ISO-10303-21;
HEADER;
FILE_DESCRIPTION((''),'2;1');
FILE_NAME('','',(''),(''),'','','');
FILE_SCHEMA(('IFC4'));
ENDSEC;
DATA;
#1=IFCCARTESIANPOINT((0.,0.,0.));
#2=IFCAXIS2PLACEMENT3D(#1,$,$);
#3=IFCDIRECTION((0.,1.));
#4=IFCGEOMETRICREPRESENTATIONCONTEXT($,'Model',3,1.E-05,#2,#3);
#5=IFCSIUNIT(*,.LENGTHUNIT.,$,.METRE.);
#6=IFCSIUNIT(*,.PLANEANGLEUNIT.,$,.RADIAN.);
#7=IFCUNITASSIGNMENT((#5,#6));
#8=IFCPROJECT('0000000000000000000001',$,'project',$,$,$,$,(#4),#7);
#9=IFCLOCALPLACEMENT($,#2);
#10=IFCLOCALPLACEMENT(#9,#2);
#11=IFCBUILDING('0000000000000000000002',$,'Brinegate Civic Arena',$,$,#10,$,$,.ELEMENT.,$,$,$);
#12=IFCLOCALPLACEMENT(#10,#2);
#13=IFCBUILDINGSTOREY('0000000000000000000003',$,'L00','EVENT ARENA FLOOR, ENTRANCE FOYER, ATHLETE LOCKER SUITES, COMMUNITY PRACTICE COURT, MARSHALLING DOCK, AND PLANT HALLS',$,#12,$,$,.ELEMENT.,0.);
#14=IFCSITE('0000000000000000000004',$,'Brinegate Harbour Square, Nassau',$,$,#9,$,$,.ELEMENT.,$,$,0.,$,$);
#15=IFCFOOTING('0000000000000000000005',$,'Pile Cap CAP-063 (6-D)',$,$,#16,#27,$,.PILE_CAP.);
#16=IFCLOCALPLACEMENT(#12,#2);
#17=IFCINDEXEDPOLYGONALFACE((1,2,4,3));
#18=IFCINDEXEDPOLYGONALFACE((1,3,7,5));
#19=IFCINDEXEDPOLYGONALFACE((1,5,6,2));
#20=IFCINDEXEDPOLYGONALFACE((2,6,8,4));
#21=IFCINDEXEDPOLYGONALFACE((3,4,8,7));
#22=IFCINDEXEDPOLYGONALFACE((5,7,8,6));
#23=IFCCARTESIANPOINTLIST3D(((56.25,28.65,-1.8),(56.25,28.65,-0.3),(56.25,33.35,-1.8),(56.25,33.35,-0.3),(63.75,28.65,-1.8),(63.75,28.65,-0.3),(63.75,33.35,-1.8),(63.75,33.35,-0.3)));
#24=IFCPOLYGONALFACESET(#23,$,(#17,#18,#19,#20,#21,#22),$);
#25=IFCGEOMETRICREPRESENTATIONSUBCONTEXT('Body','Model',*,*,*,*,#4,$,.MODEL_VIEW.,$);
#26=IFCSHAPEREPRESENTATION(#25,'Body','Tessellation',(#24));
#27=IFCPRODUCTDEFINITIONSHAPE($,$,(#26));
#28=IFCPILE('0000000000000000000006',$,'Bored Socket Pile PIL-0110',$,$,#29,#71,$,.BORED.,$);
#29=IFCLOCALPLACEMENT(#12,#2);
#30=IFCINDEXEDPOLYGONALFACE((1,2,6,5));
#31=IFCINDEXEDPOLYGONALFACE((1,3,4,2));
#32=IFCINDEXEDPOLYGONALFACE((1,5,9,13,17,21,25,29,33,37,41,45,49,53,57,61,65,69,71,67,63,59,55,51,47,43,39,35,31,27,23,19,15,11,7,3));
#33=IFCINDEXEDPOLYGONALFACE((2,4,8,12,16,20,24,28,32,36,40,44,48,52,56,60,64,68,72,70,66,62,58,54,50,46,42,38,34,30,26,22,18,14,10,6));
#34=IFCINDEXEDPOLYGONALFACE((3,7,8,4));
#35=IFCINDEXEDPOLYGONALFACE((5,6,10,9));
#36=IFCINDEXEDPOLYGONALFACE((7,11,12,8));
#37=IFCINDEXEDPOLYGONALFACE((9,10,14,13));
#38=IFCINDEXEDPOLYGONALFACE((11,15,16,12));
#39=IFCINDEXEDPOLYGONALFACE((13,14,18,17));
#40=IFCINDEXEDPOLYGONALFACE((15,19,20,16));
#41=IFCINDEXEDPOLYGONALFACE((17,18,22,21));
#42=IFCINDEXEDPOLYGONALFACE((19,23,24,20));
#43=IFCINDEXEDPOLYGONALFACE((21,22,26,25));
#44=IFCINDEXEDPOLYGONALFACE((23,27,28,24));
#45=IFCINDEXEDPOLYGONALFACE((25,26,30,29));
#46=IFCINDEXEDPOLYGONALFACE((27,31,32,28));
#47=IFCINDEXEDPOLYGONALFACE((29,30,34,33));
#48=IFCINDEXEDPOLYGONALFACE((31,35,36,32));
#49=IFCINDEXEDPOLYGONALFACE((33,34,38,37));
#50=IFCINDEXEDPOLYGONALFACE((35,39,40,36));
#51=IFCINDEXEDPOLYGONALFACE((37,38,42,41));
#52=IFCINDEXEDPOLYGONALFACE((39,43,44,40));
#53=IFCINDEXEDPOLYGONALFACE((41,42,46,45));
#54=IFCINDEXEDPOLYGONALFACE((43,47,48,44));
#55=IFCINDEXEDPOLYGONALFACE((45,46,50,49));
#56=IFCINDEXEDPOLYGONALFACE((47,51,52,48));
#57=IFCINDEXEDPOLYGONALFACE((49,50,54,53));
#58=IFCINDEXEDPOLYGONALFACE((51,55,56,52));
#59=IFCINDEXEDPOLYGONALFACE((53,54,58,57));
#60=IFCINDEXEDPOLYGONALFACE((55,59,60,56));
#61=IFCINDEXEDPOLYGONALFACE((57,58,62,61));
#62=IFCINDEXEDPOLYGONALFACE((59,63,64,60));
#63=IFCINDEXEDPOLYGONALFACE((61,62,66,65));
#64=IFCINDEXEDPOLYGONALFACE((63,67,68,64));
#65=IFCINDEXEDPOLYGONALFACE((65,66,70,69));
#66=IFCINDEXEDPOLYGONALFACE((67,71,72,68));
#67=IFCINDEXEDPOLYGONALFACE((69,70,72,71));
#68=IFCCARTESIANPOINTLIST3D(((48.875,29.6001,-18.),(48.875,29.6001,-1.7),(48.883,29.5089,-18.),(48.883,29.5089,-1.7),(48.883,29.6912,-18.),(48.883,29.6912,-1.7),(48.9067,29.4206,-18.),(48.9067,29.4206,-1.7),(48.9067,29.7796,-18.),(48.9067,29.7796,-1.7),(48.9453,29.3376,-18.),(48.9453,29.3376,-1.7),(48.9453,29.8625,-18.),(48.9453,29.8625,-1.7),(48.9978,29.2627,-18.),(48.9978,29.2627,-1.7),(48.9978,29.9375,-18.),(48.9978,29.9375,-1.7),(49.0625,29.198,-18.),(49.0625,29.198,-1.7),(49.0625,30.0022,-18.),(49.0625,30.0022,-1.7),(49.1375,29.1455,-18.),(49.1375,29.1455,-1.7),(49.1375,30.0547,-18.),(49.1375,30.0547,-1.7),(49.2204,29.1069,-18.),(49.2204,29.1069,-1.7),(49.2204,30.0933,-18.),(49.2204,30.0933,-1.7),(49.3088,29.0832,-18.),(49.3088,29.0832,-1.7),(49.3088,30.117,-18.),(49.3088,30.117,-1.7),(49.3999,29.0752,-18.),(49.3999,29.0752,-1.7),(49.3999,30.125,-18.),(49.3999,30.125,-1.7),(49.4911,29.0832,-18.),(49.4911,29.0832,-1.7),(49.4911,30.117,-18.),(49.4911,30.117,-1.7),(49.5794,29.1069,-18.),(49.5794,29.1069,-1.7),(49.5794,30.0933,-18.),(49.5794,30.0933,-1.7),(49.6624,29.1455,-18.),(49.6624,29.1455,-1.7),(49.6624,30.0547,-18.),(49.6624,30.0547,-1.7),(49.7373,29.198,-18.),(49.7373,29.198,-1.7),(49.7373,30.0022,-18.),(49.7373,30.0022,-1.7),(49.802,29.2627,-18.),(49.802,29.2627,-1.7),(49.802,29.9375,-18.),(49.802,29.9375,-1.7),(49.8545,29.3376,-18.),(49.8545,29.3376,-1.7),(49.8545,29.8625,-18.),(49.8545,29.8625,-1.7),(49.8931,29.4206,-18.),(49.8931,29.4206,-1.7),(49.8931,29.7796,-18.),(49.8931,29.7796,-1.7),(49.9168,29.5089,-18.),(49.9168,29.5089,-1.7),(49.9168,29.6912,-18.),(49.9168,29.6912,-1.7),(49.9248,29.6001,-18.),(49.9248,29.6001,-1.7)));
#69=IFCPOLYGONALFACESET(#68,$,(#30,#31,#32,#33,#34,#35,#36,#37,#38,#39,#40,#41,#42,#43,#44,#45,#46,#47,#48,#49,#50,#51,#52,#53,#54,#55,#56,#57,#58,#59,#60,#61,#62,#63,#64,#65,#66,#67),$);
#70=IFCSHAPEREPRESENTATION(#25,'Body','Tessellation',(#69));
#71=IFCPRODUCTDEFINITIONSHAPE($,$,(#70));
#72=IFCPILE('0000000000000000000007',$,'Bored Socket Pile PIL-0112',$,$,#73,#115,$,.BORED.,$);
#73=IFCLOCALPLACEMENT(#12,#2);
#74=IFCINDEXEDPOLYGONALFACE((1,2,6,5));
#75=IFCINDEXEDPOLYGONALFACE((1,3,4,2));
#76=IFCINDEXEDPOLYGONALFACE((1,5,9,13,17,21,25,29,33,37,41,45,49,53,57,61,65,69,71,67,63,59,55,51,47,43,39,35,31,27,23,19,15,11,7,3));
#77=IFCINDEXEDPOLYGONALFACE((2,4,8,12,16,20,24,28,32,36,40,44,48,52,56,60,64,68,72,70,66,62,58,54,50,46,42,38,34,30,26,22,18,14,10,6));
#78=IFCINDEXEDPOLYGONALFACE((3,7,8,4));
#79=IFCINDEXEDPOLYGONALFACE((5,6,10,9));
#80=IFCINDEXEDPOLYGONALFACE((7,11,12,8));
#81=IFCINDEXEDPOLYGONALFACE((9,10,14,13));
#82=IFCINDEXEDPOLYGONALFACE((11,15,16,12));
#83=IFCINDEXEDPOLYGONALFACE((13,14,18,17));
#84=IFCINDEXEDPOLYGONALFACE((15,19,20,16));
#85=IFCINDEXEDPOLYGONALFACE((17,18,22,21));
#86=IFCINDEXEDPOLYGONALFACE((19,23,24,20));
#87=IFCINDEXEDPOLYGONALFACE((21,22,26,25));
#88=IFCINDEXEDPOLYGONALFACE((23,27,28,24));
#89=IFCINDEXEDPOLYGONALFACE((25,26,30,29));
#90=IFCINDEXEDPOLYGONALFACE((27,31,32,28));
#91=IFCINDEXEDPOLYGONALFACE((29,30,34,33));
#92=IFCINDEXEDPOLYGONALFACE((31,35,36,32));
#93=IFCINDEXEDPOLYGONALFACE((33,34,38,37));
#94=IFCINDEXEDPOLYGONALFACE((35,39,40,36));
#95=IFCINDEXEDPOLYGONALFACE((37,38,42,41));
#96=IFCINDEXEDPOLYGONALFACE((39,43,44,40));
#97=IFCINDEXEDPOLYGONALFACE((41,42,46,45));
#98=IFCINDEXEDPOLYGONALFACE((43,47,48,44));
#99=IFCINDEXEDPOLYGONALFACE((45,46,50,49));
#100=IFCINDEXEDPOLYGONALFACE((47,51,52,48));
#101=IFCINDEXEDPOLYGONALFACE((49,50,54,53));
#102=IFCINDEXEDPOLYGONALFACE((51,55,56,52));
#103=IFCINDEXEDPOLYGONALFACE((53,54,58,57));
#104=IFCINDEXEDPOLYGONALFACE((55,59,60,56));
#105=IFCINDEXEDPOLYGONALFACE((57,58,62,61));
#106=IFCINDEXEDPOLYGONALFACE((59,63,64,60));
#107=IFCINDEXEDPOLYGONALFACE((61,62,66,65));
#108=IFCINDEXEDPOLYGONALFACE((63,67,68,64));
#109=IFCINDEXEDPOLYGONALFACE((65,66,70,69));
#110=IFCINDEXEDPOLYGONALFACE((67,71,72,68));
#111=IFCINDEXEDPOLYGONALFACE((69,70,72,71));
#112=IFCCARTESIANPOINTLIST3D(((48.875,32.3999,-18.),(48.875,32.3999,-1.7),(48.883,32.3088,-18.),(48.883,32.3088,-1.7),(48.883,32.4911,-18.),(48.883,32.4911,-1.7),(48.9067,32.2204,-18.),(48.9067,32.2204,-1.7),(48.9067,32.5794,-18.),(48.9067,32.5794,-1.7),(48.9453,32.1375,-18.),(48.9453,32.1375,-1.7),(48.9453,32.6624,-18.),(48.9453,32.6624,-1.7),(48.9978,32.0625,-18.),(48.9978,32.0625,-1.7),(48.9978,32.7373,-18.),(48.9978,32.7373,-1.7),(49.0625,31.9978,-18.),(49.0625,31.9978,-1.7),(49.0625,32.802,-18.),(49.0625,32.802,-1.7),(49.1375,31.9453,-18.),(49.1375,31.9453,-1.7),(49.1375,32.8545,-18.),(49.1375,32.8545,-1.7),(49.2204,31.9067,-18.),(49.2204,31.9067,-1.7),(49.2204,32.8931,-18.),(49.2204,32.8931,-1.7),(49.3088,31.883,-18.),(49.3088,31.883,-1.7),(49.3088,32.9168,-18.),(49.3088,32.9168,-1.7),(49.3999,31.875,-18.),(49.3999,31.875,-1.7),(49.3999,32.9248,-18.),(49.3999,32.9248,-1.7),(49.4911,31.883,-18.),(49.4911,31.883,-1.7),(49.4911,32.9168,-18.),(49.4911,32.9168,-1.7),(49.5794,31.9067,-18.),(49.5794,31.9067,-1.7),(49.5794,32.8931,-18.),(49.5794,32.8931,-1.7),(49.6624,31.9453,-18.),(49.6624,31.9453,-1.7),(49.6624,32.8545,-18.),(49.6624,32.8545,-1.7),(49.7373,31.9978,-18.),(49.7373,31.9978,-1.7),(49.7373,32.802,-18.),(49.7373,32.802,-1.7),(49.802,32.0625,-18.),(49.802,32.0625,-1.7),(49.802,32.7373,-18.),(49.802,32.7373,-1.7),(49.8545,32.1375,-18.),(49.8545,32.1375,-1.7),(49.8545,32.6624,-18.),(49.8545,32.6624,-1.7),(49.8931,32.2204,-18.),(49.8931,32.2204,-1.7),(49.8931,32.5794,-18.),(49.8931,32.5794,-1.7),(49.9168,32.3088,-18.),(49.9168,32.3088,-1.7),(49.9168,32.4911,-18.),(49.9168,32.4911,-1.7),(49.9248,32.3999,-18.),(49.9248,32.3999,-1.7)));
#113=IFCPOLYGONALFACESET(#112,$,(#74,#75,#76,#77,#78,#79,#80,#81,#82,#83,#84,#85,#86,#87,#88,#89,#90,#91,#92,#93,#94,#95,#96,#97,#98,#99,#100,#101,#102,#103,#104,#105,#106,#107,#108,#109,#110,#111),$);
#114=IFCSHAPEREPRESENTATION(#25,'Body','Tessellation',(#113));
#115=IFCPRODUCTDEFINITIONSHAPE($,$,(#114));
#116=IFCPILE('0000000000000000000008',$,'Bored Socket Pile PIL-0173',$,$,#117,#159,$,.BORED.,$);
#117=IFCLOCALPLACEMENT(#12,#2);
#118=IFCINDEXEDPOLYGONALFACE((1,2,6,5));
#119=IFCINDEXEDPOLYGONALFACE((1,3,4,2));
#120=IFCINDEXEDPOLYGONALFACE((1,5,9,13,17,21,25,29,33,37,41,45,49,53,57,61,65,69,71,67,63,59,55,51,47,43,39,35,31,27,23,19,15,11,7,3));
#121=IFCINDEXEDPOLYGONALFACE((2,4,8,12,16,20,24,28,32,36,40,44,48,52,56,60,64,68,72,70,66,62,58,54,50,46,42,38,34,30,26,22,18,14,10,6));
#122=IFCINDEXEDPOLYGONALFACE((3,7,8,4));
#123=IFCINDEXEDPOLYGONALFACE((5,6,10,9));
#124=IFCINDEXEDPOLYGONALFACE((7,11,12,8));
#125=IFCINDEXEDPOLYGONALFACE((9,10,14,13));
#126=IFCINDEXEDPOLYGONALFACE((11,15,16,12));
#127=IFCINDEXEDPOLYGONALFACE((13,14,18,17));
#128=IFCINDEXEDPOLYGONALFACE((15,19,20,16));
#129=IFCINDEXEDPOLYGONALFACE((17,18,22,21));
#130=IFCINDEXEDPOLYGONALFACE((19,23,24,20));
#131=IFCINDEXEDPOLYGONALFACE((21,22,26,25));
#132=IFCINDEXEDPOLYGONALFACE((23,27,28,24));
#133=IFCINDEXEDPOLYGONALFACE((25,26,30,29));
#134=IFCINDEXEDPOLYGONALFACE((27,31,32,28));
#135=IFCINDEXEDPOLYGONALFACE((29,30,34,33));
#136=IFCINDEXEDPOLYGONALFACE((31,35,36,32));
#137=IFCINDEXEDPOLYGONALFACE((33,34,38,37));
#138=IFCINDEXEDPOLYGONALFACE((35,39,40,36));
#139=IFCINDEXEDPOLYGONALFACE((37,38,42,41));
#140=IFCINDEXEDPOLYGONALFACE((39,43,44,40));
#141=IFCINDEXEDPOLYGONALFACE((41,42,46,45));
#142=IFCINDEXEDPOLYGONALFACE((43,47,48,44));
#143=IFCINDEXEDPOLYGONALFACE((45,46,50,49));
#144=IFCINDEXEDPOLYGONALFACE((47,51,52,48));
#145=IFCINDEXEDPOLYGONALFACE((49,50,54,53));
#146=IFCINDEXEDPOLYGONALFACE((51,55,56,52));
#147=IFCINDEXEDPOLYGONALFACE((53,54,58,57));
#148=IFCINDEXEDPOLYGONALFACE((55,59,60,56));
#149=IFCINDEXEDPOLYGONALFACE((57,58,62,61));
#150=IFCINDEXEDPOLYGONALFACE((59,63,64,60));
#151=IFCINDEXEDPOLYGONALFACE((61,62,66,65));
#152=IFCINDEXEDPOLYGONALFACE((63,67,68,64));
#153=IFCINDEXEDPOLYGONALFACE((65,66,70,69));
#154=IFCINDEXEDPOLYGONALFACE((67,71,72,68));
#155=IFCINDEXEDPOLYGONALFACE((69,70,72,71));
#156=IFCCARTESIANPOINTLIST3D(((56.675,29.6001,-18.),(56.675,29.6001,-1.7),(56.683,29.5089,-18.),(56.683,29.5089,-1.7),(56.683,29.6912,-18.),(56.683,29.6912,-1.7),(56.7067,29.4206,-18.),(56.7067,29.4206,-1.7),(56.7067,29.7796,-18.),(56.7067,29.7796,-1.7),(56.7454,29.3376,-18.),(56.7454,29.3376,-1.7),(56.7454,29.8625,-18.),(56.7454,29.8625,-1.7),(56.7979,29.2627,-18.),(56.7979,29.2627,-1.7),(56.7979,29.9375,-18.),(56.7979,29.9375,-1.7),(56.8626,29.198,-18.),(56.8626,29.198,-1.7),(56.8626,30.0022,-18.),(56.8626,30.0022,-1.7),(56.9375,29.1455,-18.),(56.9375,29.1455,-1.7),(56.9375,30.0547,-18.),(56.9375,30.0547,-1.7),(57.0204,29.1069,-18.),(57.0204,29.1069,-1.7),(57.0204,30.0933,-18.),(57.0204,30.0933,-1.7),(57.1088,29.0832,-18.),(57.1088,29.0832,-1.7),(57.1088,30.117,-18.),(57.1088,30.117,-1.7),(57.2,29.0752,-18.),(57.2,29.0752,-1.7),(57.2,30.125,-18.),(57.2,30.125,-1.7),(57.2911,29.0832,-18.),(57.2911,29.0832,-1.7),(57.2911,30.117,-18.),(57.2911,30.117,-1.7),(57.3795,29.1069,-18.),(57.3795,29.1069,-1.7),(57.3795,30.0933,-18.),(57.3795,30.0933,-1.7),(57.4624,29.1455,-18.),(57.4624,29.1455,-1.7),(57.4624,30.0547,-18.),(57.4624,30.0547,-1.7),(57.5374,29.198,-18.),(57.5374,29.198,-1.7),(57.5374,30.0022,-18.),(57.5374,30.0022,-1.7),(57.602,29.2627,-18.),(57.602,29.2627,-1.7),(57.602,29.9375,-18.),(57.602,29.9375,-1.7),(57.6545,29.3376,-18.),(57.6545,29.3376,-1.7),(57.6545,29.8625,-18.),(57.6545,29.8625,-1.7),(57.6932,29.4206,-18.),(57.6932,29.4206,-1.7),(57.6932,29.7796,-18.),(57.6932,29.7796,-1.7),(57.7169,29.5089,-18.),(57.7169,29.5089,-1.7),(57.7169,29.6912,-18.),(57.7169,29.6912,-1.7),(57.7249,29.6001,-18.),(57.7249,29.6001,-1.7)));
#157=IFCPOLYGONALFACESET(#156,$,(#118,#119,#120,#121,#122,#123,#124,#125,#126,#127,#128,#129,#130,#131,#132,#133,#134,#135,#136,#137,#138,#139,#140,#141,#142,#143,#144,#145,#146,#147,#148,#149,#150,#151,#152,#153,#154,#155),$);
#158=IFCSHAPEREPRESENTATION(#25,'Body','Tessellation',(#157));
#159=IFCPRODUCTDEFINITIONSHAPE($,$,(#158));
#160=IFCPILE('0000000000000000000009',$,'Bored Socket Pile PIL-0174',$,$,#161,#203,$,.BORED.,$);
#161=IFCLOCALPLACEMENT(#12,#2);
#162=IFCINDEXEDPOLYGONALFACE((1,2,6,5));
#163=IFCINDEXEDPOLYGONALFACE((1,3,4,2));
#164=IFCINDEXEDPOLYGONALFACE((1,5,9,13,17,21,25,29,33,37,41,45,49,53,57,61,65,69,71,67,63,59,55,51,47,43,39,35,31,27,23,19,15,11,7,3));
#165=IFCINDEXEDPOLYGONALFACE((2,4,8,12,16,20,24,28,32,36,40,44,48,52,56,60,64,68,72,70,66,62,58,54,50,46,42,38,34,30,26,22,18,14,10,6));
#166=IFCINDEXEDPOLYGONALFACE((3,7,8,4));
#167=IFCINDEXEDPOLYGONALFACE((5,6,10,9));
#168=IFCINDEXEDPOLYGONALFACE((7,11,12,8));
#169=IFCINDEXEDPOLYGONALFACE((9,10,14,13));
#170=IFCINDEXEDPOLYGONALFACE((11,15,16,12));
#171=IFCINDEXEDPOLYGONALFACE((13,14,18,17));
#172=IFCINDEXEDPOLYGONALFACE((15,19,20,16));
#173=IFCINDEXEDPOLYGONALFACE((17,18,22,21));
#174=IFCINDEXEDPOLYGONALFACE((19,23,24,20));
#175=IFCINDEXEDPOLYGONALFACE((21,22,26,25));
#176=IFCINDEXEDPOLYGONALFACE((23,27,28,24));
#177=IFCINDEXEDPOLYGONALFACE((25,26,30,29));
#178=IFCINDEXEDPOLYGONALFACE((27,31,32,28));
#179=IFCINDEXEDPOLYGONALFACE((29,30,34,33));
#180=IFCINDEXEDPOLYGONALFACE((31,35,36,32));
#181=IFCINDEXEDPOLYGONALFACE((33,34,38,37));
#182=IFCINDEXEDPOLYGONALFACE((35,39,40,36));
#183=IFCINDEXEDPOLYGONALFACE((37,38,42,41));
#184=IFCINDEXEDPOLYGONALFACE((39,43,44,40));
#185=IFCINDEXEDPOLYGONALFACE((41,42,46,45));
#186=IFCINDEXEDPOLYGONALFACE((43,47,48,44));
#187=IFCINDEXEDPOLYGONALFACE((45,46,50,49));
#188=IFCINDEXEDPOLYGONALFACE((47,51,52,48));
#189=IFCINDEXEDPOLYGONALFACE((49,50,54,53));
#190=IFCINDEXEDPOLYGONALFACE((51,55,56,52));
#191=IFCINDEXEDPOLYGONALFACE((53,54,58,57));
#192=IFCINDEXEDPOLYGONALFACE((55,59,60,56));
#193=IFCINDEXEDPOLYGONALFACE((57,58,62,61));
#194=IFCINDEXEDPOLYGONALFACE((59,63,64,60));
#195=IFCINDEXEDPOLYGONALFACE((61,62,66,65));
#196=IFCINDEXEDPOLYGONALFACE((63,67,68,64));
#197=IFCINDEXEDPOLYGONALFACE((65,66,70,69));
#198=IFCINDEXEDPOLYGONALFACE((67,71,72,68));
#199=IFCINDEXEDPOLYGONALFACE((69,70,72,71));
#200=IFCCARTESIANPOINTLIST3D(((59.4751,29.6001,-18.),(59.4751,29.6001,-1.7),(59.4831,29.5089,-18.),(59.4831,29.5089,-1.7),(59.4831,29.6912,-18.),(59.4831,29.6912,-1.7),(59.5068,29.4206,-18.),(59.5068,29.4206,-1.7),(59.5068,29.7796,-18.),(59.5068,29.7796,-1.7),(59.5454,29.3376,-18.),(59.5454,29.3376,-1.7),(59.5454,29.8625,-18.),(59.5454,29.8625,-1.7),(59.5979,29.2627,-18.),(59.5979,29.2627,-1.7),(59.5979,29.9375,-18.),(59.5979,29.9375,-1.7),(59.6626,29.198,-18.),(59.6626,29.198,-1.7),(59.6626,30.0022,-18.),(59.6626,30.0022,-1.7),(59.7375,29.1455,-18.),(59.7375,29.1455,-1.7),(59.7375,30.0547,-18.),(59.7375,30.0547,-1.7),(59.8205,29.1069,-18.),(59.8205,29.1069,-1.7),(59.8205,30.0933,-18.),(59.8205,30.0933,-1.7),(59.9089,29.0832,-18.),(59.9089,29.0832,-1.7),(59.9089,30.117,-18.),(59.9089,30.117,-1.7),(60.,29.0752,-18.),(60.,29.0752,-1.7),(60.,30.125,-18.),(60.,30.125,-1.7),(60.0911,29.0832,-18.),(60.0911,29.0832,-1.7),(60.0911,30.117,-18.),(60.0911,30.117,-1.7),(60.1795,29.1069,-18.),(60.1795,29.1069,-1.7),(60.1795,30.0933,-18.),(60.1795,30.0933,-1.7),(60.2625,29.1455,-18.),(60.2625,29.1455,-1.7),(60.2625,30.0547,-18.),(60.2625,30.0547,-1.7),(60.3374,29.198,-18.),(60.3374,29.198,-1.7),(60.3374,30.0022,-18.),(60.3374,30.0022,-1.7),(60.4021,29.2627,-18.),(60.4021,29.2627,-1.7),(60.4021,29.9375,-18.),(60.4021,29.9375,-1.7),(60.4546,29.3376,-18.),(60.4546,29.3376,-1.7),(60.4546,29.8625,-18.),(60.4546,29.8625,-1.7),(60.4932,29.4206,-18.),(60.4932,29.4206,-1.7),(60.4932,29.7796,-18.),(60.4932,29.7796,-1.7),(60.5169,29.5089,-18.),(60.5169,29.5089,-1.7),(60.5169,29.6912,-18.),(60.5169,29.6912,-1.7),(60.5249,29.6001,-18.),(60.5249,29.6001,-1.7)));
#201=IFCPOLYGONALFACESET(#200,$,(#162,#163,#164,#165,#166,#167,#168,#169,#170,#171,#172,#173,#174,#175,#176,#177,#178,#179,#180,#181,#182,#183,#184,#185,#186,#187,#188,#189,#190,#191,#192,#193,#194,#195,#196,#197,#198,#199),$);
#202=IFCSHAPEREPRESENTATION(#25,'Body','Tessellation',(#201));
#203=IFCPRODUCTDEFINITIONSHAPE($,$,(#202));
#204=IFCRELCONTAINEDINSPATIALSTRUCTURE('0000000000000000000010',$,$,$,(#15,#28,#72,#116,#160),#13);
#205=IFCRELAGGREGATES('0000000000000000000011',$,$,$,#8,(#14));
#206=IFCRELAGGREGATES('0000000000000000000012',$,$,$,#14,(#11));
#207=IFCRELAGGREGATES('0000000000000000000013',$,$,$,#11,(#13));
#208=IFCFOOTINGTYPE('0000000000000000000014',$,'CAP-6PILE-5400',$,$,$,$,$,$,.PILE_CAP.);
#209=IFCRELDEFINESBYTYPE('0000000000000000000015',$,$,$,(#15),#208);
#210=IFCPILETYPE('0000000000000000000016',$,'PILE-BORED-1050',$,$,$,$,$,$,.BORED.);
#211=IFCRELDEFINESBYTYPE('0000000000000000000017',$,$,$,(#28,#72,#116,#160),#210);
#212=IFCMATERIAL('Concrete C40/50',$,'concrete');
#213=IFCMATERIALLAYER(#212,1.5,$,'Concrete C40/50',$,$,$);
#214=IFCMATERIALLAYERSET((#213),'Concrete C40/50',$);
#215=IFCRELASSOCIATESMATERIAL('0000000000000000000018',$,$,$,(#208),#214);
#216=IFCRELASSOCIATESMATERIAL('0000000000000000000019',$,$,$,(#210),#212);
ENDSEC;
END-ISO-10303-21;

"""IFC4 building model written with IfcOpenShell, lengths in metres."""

from ifc_helpers import new_model, si_unit, direction, frame, origin, origin_2d, place, context, subcontext, project, spatial, rectangle, circle, extrude, material, layer, layer_set, material_profile, profile_set, type_object, element, save


model = new_model("IFC4")

# Units and contexts
model_context = context("Model", 3, precision=1e-05, world=origin(), true_north=direction((0.0, 1.0)))
body_context = subcontext(model_context, "Body", "Model", "MODEL_VIEW")
ifc_project = project(units=[si_unit("LENGTHUNIT", "METRE"), si_unit("PLANEANGLEUNIT", "RADIAN")], contexts=[model_context])

# Site, building, storey
site_placement = place(None, origin())
site = spatial("IfcSite", under=ifc_project, at=site_placement, Name="Brinegate Harbour Square, Nassau", CompositionType="ELEMENT", RefElevation=0.0)
building_placement = place(site_placement, origin())
building = spatial("IfcBuilding", under=site, at=building_placement, Name="Brinegate Civic Arena", CompositionType="ELEMENT")
storey_placement = place(building_placement, origin())
storey = spatial("IfcBuildingStorey", under=building, at=storey_placement, Name="L00", Description="EVENT ARENA FLOOR, ENTRANCE FOYER, ATHLETE LOCKER SUITES, COMMUNITY PRACTICE COURT, MARSHALLING DOCK, AND PLANT HALLS", CompositionType="ELEMENT", Elevation=0.0)

# Footing
ifc_material_1 = material(Name="Concrete C40/50", Category="concrete")
ifc_layer_1 = layer(ifc_material_1, 1.5, Name="Concrete C40/50")
ifc_layer_set_1 = layer_set([ifc_layer_1], Name="Concrete C40/50")
footing_type_1 = type_object("IfcFootingType", Name="CAP-6PILE-5400", PredefinedType="PILE_CAP", material=ifc_layer_set_1)
footing_1_placement = place(storey_placement, frame((60.0, 31.0, -1.8), z_axis=(0.0, 0.0, 1.0), x_axis=(1.0, 0.0, 0.0)))
element("IfcFooting", 1, at=footing_1_placement, inside=storey, type_object=footing_type_1, Name="Pile Cap CAP-063 (6-D)", PredefinedType="PILE_CAP", context=body_context, shape_type="SweptSolid", body=[
    extrude(rectangle(XDim=7.5, YDim=4.7, at=origin_2d()), origin(), (0.0, 0.0, 1.0), 1.5),
])

# Piles
ifc_material_profile_1 = material_profile(ifc_material_1, circle(Radius=0.5249, at=origin_2d()), Name="PILED1050")
ifc_profile_set_1 = profile_set([ifc_material_profile_1], Name="Concrete C40/50")
pile_type = type_object("IfcPileType", Name="PILE-BORED-1050", PredefinedType="BORED", material=ifc_profile_set_1)
for number, where, z_axis, x_axis, name in (
    (2, (49.3999, 29.6001, -1.7), (0.0, 0.0, -1.0), (1.0, 0.0, 0.0), "Bored Socket Pile PIL-0110"),
    (3, (49.3999, 32.3999, -1.7), (0.0, 0.0, -1.0), (1.0, 0.0, 0.0), "Bored Socket Pile PIL-0112"),
    (4, (57.2, 29.6001, -1.7), (0.0, 0.0, -1.0), (1.0, 0.0, 0.0), "Bored Socket Pile PIL-0173"),
    (5, (60.0, 29.6001, -1.7), (0.0, 0.0, -1.0), (1.0, 0.0, 0.0), "Bored Socket Pile PIL-0174"),
):
    element("IfcPile", number, at=place(storey_placement, frame(where, z_axis=z_axis, x_axis=x_axis)), inside=storey, type_object=pile_type, Name=name, PredefinedType="BORED", context=body_context, shape_type="SweptSolid", body=[
        extrude(circle(Radius=0.5249, at=origin_2d()), origin(), (0.0, 0.0, 1.0), 16.3),
    ])

save(model, "model.ifc")
